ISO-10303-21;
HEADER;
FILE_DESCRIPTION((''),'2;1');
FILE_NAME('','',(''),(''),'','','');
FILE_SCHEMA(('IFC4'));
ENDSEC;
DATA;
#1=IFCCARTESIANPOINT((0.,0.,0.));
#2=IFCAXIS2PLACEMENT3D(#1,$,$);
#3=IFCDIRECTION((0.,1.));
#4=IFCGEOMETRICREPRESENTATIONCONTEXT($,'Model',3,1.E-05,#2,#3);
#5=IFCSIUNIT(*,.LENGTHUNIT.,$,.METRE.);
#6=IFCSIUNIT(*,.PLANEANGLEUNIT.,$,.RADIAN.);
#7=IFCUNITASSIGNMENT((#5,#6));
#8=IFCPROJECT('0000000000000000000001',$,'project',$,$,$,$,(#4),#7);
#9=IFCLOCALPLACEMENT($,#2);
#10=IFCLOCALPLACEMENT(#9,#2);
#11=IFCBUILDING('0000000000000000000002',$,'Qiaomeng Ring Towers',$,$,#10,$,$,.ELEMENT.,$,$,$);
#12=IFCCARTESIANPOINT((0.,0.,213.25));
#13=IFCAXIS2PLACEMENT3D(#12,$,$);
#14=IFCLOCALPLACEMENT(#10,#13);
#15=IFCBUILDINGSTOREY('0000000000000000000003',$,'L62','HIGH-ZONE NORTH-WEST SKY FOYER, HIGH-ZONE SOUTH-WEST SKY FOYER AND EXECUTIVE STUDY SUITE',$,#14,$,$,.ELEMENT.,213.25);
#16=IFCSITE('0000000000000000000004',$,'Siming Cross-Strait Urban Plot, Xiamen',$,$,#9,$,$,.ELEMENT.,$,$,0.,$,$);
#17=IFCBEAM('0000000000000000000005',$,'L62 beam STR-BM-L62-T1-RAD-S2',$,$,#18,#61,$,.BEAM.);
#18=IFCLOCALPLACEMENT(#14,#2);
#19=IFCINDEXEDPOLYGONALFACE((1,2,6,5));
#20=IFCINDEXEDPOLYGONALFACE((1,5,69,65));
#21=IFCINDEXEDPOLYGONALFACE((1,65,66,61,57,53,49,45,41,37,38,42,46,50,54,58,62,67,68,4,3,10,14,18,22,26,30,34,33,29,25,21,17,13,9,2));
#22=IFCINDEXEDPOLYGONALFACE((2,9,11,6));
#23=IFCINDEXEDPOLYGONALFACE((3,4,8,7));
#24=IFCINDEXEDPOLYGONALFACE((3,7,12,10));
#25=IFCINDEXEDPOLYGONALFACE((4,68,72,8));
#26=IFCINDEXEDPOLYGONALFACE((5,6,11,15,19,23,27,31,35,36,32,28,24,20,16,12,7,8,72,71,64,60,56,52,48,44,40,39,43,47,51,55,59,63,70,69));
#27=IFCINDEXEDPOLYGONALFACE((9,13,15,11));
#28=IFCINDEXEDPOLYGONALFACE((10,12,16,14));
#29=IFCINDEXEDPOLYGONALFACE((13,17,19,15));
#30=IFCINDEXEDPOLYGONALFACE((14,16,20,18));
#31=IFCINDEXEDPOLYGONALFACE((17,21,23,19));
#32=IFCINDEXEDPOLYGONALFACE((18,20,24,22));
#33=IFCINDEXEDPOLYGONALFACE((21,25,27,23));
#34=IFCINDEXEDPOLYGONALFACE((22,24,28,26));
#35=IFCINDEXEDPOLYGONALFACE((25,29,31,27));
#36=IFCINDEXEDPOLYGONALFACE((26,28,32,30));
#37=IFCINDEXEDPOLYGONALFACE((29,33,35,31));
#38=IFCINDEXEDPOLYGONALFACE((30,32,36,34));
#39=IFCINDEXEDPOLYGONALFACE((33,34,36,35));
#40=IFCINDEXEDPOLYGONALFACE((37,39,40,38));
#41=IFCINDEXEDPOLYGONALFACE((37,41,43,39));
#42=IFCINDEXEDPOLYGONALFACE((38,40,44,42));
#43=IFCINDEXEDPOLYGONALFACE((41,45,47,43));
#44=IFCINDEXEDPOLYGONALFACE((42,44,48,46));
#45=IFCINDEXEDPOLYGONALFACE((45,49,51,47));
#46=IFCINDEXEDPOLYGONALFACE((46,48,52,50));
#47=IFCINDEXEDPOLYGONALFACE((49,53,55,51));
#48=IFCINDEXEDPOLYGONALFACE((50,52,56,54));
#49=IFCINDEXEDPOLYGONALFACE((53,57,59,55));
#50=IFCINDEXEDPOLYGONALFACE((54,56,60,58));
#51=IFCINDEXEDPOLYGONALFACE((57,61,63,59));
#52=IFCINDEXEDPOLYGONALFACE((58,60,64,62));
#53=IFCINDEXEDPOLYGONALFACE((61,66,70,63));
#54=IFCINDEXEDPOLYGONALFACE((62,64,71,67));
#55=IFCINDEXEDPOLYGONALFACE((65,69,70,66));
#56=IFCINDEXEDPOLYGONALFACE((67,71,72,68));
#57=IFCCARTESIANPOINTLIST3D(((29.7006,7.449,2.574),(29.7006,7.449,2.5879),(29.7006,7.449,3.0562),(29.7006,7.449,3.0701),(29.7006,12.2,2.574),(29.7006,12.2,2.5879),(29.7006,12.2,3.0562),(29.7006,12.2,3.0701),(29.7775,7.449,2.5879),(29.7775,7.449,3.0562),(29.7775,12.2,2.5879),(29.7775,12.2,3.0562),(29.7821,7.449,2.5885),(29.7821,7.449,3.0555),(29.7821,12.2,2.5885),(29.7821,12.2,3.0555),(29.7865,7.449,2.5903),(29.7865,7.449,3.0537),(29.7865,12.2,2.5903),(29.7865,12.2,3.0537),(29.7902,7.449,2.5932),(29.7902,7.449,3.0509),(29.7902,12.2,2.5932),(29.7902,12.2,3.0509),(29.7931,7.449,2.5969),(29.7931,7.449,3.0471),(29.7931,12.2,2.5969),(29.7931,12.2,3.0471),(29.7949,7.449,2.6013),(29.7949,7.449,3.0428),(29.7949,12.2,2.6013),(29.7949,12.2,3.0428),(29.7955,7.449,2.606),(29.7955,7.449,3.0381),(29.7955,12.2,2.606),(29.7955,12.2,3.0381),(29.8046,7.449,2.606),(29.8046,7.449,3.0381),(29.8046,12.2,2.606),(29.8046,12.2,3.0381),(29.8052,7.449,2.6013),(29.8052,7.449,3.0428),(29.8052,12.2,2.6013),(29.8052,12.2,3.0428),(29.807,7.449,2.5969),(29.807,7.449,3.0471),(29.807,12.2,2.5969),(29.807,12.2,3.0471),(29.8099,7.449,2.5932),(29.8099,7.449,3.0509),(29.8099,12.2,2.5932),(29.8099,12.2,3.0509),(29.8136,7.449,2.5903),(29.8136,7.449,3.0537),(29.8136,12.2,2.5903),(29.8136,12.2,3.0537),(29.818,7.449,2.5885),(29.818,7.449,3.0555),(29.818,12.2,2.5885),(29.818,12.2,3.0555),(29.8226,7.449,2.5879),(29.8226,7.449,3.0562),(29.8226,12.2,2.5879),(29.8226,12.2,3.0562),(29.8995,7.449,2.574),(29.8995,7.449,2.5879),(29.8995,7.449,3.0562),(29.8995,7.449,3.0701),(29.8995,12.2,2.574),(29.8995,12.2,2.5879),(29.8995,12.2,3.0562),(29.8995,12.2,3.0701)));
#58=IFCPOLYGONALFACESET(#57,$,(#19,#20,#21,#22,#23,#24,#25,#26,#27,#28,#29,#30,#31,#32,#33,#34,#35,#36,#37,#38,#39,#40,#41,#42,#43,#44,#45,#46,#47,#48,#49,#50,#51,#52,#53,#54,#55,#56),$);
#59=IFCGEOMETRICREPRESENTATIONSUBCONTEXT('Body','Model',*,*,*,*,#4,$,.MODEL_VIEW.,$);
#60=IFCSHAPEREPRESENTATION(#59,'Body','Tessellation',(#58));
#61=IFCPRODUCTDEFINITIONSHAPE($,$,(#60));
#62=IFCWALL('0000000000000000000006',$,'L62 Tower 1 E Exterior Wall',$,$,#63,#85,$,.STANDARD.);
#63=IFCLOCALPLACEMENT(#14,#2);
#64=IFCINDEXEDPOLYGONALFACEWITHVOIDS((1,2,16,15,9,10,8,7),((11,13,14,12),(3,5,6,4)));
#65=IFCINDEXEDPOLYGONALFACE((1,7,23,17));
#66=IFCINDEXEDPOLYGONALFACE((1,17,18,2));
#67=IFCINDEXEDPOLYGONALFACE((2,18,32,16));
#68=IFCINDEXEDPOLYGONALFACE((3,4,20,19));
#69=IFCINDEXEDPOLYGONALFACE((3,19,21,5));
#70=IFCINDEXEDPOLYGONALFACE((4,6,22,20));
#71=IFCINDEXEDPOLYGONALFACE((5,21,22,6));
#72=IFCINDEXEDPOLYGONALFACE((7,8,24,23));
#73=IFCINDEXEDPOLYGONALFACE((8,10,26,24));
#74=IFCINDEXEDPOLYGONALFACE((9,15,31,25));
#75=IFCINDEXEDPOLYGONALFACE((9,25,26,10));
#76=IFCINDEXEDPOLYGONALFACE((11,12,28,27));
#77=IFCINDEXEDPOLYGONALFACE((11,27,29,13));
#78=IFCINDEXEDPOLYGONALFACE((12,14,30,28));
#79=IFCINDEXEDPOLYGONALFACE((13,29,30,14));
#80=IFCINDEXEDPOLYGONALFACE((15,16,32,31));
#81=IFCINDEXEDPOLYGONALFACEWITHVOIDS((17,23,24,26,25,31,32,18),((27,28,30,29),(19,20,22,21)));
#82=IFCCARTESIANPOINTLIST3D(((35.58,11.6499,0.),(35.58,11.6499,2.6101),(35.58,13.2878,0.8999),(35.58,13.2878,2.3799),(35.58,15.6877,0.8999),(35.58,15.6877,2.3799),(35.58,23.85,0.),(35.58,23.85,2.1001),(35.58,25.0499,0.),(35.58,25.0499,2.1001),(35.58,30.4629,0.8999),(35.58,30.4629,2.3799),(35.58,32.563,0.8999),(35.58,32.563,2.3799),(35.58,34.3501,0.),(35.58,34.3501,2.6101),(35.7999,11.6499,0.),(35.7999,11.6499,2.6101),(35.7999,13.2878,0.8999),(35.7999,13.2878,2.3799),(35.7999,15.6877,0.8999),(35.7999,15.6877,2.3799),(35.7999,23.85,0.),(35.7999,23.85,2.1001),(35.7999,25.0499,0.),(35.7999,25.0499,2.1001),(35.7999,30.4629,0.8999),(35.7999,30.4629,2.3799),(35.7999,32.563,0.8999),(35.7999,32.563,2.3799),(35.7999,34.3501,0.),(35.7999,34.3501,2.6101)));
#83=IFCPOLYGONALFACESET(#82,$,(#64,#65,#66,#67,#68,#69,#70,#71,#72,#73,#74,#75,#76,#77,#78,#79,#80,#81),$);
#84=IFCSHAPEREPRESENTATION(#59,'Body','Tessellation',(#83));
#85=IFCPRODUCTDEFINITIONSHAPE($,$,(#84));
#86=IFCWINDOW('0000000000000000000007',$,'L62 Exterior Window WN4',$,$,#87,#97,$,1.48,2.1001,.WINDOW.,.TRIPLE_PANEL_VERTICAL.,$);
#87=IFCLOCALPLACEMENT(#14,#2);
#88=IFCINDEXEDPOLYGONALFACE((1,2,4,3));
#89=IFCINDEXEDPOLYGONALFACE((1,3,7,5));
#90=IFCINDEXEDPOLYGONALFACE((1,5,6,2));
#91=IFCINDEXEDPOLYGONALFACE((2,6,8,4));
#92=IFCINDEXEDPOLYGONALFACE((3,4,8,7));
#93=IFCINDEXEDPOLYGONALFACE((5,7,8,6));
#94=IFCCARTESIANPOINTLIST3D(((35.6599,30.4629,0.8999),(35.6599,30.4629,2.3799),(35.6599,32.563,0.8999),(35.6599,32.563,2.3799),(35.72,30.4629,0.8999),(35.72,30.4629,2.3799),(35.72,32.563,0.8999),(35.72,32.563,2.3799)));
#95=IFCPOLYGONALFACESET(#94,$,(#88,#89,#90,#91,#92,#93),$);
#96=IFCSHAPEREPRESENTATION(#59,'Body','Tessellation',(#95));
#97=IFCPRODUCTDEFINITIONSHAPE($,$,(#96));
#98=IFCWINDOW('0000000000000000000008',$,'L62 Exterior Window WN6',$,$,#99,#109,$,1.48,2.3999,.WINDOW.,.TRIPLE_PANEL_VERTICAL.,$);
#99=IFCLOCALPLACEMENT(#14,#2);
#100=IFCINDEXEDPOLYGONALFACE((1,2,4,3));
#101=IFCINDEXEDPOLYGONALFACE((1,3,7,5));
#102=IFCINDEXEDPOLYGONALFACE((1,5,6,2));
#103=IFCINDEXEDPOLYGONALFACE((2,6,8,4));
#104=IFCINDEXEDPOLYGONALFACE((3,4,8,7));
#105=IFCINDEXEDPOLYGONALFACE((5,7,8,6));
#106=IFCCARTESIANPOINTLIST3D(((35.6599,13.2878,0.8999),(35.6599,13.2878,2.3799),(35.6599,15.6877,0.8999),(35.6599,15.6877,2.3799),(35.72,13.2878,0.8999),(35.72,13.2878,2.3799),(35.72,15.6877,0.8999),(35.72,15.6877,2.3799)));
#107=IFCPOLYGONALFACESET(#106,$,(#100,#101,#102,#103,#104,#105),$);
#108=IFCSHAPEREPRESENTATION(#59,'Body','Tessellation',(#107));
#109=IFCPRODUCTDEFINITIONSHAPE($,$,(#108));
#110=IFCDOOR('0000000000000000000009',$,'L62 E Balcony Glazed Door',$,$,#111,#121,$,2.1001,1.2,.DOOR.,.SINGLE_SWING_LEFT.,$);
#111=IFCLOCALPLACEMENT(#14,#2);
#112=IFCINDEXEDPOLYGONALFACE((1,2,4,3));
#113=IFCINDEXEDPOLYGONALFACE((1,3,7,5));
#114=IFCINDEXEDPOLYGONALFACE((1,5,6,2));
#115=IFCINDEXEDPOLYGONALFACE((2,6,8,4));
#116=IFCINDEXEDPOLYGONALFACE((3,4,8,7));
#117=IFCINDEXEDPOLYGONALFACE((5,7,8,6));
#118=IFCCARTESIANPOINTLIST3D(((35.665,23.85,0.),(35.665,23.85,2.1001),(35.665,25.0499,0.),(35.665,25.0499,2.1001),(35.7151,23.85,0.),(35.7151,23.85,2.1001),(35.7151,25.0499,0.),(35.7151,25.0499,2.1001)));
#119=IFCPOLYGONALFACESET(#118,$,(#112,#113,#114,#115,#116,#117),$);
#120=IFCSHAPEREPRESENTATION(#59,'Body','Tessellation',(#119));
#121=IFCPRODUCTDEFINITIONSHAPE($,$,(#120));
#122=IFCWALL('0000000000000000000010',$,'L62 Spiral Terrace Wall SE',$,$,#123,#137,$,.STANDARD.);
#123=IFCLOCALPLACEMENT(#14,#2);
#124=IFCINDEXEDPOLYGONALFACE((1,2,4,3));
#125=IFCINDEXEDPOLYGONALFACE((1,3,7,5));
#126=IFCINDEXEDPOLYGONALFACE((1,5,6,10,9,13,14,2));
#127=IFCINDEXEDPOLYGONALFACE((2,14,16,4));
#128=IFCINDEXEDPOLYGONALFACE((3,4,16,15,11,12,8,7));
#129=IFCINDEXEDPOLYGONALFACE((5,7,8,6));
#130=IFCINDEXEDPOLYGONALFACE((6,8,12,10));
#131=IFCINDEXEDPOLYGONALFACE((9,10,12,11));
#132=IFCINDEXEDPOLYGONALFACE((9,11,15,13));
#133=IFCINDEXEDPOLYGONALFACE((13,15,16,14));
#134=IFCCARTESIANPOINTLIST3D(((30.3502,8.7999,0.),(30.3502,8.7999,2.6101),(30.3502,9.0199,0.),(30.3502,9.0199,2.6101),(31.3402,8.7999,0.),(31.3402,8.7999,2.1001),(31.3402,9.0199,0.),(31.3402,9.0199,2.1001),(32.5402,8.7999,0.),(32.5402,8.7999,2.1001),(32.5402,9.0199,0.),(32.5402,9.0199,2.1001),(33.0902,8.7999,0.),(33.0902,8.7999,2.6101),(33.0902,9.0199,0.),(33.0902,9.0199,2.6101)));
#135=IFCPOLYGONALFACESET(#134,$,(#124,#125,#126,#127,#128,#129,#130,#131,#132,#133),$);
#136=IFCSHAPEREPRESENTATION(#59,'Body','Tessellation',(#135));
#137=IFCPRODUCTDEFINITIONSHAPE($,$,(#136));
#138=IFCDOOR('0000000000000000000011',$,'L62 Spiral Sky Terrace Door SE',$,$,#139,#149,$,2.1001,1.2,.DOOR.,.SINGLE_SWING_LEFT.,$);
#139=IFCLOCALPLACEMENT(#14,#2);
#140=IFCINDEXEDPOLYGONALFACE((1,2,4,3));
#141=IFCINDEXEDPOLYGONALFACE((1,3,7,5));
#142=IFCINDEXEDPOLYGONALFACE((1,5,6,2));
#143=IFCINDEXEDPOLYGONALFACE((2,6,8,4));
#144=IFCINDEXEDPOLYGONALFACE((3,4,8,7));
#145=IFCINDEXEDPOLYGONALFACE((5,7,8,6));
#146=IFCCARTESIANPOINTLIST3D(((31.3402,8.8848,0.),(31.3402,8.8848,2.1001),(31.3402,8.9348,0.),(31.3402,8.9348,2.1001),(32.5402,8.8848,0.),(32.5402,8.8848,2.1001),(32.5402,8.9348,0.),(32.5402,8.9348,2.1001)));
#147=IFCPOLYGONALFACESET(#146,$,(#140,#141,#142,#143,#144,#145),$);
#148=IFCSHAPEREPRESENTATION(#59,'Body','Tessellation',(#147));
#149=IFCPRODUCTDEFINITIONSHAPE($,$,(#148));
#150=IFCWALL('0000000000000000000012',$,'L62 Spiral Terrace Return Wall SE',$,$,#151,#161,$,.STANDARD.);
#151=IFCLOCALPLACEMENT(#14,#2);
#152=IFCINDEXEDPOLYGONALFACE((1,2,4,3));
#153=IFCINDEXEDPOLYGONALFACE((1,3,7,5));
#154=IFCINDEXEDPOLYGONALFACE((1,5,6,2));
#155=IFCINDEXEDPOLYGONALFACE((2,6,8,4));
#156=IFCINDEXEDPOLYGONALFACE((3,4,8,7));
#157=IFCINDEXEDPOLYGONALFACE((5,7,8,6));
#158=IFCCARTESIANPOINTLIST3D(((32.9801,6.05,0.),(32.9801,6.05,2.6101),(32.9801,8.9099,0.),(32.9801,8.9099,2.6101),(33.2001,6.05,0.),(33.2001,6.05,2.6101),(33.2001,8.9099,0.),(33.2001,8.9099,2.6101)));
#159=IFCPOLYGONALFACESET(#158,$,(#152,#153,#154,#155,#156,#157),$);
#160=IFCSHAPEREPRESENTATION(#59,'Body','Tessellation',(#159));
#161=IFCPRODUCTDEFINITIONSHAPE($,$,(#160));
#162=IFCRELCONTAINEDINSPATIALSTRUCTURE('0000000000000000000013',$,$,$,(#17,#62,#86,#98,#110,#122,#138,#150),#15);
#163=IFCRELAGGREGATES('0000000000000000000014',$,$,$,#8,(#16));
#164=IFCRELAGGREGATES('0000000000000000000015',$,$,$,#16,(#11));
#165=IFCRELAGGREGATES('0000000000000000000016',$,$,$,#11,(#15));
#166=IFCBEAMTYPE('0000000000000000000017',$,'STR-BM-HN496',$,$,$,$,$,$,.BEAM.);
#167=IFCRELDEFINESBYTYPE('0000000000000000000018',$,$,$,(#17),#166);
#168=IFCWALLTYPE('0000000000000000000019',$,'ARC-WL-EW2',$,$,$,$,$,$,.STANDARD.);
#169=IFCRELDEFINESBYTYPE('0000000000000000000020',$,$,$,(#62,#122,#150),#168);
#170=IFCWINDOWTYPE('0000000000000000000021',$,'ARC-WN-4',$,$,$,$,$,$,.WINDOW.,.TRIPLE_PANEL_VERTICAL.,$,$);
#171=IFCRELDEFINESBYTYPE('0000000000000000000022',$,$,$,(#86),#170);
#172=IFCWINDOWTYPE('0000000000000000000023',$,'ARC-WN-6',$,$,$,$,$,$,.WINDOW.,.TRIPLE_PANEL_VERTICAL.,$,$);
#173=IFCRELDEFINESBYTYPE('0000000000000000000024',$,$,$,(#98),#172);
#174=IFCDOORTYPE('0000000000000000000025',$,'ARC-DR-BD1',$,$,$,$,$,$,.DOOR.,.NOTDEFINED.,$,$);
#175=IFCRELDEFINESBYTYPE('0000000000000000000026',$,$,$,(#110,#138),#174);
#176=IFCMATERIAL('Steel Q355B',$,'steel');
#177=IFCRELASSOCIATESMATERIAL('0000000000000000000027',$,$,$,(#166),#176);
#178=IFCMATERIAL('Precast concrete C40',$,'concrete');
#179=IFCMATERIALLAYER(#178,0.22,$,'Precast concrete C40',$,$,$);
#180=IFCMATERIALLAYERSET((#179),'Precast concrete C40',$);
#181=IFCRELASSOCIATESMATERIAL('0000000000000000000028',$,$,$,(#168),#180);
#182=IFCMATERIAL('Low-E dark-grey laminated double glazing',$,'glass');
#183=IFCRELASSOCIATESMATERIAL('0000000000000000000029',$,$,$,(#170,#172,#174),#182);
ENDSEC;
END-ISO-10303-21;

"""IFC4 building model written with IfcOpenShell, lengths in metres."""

from ifc_helpers import new_model, si_unit, direction, frame, frame_2d, origin, origin_2d, place, context, subcontext, project, spatial, rectangle, i_section, extrude, source, transform, mapped, material, layer, layer_set, material_profile, profile_set, type_object, element, fill, save


model = new_model("IFC4")

# Units and contexts
model_context = context("Model", 3, precision=1e-05, world=origin(), true_north=direction((0.0, 1.0)))
body_context = subcontext(model_context, "Body", "Model", "MODEL_VIEW")
ifc_project = project(units=[si_unit("LENGTHUNIT", "METRE"), si_unit("PLANEANGLEUNIT", "RADIAN")], contexts=[model_context])

# Site, building, storey
site_placement = place(None, origin())
site = spatial("IfcSite", under=ifc_project, at=site_placement, Name="Siming Cross-Strait Urban Plot, Xiamen", CompositionType="ELEMENT", RefElevation=0.0)
building_placement = place(site_placement, origin())
building = spatial("IfcBuilding", under=site, at=building_placement, Name="Qiaomeng Ring Towers", CompositionType="ELEMENT")
storey_placement = place(building_placement, frame((0.0, 0.0, 213.25)))
storey = spatial("IfcBuildingStorey", under=building, at=storey_placement, Name="L62", Description="HIGH-ZONE NORTH-WEST SKY FOYER, HIGH-ZONE SOUTH-WEST SKY FOYER AND EXECUTIVE STUDY SUITE", CompositionType="ELEMENT", Elevation=213.25)

# Beam
ifc_material_1 = material(Name="Steel Q355B", Category="steel")
ifc_material_profile_1 = material_profile(ifc_material_1, i_section(OverallWidth=0.199, OverallDepth=0.4961, WebThickness=0.009, FlangeThickness=0.0139, FilletRadius=0.0181, at=origin_2d()), Name="HN 496x199x9x14")
ifc_profile_set_1 = profile_set([ifc_material_profile_1], Name="Steel Q355B")
beam_type_1 = type_object("IfcBeamType", Name="STR-BM-HN496", PredefinedType="BEAM", material=ifc_profile_set_1)
shared_shape_1 = source(origin(), body_context, "Body", "SweptSolid", [
    extrude(i_section(OverallWidth=0.199, OverallDepth=0.4961, WebThickness=0.009, FlangeThickness=0.0139, FilletRadius=0.0181, at=origin_2d()), origin(), (0.0, 0.0, 1.0), 4.751),
])
beam_1_placement = place(storey_placement, frame((29.8, 7.449, 2.822), z_axis=(0.0, 1.0, 0.0), x_axis=(-1.0, 0.0, 0.0)))
element("IfcBeam", 1, at=beam_1_placement, inside=storey, type_object=beam_type_1, Name="L62 beam STR-BM-L62-T1-RAD-S2", PredefinedType="BEAM", context=body_context, shape_type="MappedRepresentation", body=[
    mapped(shared_shape_1, transform((0.0, 0.0, 0.0), x_axis=(1.0, 0.0, 0.0), y_axis=(0.0, 1.0, 0.0), z_axis=(0.0, 0.0, 1.0), scale=1.0)),
])

# Wall, openings, windows, door
ifc_material_2 = material(Name="Precast concrete C40", Category="concrete")
ifc_layer_1 = layer(ifc_material_2, 0.22, Name="Precast concrete C40")
ifc_layer_set_1 = layer_set([ifc_layer_1], Name="Precast concrete C40")
wall_type_1 = type_object("IfcWallType", Name="ARC-WL-EW2", PredefinedType="STANDARD", material=ifc_layer_set_1)
wall_1_placement = place(storey_placement, frame((35.6899, 11.6499, 0.0), z_axis=(0.0, 0.0, 1.0), x_axis=(0.0, 1.0, 0.0)))
wall_1 = element("IfcWall", 2, at=wall_1_placement, inside=storey, type_object=wall_type_1, Name="L62 Tower 1 E Exterior Wall", PredefinedType="STANDARD", context=body_context, shape_type="SweptSolid", body=[
    extrude(rectangle(XDim=22.7002, YDim=0.22, at=frame_2d((11.3501, 0.0))), origin(), (0.0, 0.0, 1.0), 2.6101),
])
opening_1_placement = place(wall_1_placement, frame((12.2, 0.0, 0.0)))
opening_1 = element("IfcOpeningElement", 3, at=opening_1_placement, cuts=wall_1, PredefinedType="OPENING", context=body_context, shape_type="SweptSolid", body=[
    extrude(rectangle(XDim=1.2, YDim=2.1001, at=frame_2d((0.6001, 1.05))), frame((0.0, 0.1199, 0.0), z_axis=(0.0, -1.0, 0.0), x_axis=(1.0, 0.0, 0.0)), (0.0, 0.0, 1.0), 0.24),
])
opening_2_placement = place(wall_1_placement, frame((1.6379, 0.0, 0.8999)))
opening_2 = element("IfcOpeningElement", 4, at=opening_2_placement, cuts=wall_1, PredefinedType="OPENING", context=body_context, shape_type="SweptSolid", body=[
    extrude(rectangle(XDim=2.3999, YDim=1.48, at=frame_2d((1.2, 0.74))), frame((0.0, 0.1199, 0.0), z_axis=(0.0, -1.0, 0.0), x_axis=(1.0, 0.0, 0.0)), (0.0, 0.0, 1.0), 0.24),
])
opening_3_placement = place(wall_1_placement, frame((18.813, 0.0, 0.8999)))
opening_3 = element("IfcOpeningElement", 5, at=opening_3_placement, cuts=wall_1, PredefinedType="OPENING", context=body_context, shape_type="SweptSolid", body=[
    extrude(rectangle(XDim=2.1001, YDim=1.48, at=frame_2d((1.05, 0.74))), frame((0.0, 0.1199, 0.0), z_axis=(0.0, -1.0, 0.0), x_axis=(1.0, 0.0, 0.0)), (0.0, 0.0, 1.0), 0.24),
])
ifc_material_3 = material(Name="Low-E dark-grey laminated double glazing", Category="glass")
window_type_1 = type_object("IfcWindowType", Name="ARC-WN-4", PartitioningType="TRIPLE_PANEL_VERTICAL", PredefinedType="WINDOW", material=ifc_material_3)
shared_shape_2 = source(origin(), body_context, "Body", "SweptSolid", [
    extrude(rectangle(XDim=2.1001, YDim=1.48, at=frame_2d((1.05, 0.74))), frame((0.0, 0.03, 0.0), z_axis=(0.0, -1.0, 0.0), x_axis=(1.0, 0.0, 0.0)), (0.0, 0.0, 1.0), 0.0601),
])
window_1_placement = place(opening_3_placement, origin())
window_1 = element("IfcWindow", 6, at=window_1_placement, inside=storey, type_object=window_type_1, Name="L62 Exterior Window WN4", OverallHeight=1.48, OverallWidth=2.1001, PartitioningType="TRIPLE_PANEL_VERTICAL", PredefinedType="WINDOW", context=body_context, shape_type="MappedRepresentation", body=[
    mapped(shared_shape_2, transform((0.0, 0.0, 0.0), x_axis=(1.0, 0.0, 0.0), y_axis=(0.0, 1.0, 0.0), z_axis=(0.0, 0.0, 1.0), scale=1.0)),
])
fill(opening_3, window_1)
window_type_2 = type_object("IfcWindowType", Name="ARC-WN-6", PartitioningType="TRIPLE_PANEL_VERTICAL", PredefinedType="WINDOW", material=ifc_material_3)
shared_shape_3 = source(origin(), body_context, "Body", "SweptSolid", [
    extrude(rectangle(XDim=2.3999, YDim=1.48, at=frame_2d((1.2, 0.74))), frame((0.0, 0.03, 0.0), z_axis=(0.0, -1.0, 0.0), x_axis=(1.0, 0.0, 0.0)), (0.0, 0.0, 1.0), 0.0601),
])
window_2_placement = place(opening_2_placement, origin())
window_2 = element("IfcWindow", 7, at=window_2_placement, inside=storey, type_object=window_type_2, Name="L62 Exterior Window WN6", OverallHeight=1.48, OverallWidth=2.3999, PartitioningType="TRIPLE_PANEL_VERTICAL", PredefinedType="WINDOW", context=body_context, shape_type="MappedRepresentation", body=[
    mapped(shared_shape_3, transform((0.0, 0.0, 0.0), x_axis=(1.0, 0.0, 0.0), y_axis=(0.0, 1.0, 0.0), z_axis=(0.0, 0.0, 1.0), scale=1.0)),
])
fill(opening_2, window_2)
door_type_1 = type_object("IfcDoorType", Name="ARC-DR-BD1", OperationType="NOTDEFINED", PredefinedType="DOOR", material=ifc_material_3)
shared_shape_4 = source(origin(), body_context, "Body", "SweptSolid", [
    extrude(rectangle(XDim=1.2, YDim=2.1001, at=frame_2d((0.6001, 1.05))), frame((0.0, 0.0249, 0.0), z_axis=(0.0, -1.0, 0.0), x_axis=(1.0, 0.0, 0.0)), (0.0, 0.0, 1.0), 0.05),
])
door_1_placement = place(opening_1_placement, origin())
door_1 = element("IfcDoor", 8, at=door_1_placement, inside=storey, type_object=door_type_1, Name="L62 E Balcony Glazed Door", OperationType="SINGLE_SWING_LEFT", OverallHeight=2.1001, OverallWidth=1.2, PredefinedType="DOOR", context=body_context, shape_type="MappedRepresentation", body=[
    mapped(shared_shape_4, transform((0.0, 0.0, 0.0), x_axis=(1.0, 0.0, 0.0), y_axis=(0.0, 1.0, 0.0), z_axis=(0.0, 0.0, 1.0), scale=1.0)),
])
fill(opening_1, door_1)

# Wall, opening, door
wall_2_placement = place(storey_placement, frame((30.3501, 8.9099, 0.0), z_axis=(0.0, 0.0, 1.0), x_axis=(1.0, 0.0, 0.0)))
wall_2 = element("IfcWall", 9, at=wall_2_placement, inside=storey, type_object=wall_type_1, Name="L62 Spiral Terrace Wall SE", PredefinedType="STANDARD", context=body_context, shape_type="SweptSolid", body=[
    extrude(rectangle(XDim=2.74, YDim=0.22, at=frame_2d((1.3701, 0.0))), origin(), (0.0, 0.0, 1.0), 2.6101),
])
opening_4_placement = place(wall_2_placement, frame((0.99, 0.0, 0.0)))
opening_4 = element("IfcOpeningElement", 10, at=opening_4_placement, cuts=wall_2, PredefinedType="OPENING", context=body_context, shape_type="SweptSolid", body=[
    extrude(rectangle(XDim=1.2, YDim=2.1001, at=frame_2d((0.6001, 1.05))), frame((0.0, 0.1199, 0.0), z_axis=(0.0, -1.0, 0.0), x_axis=(1.0, 0.0, 0.0)), (0.0, 0.0, 1.0), 0.24),
])
door_2_placement = place(opening_4_placement, origin())
door_2 = element("IfcDoor", 11, at=door_2_placement, inside=storey, type_object=door_type_1, Name="L62 Spiral Sky Terrace Door SE", OperationType="SINGLE_SWING_LEFT", OverallHeight=2.1001, OverallWidth=1.2, PredefinedType="DOOR", context=body_context, shape_type="MappedRepresentation", body=[
    mapped(shared_shape_4, transform((0.0, 0.0, 0.0), x_axis=(1.0, 0.0, 0.0), y_axis=(0.0, 1.0, 0.0), z_axis=(0.0, 0.0, 1.0), scale=1.0)),
])
fill(opening_4, door_2)

# Wall
wall_3_placement = place(storey_placement, frame((33.0901, 6.05, 0.0), z_axis=(0.0, 0.0, 1.0), x_axis=(0.0, 1.0, 0.0)))
element("IfcWall", 12, at=wall_3_placement, inside=storey, type_object=wall_type_1, Name="L62 Spiral Terrace Return Wall SE", PredefinedType="STANDARD", context=body_context, shape_type="SweptSolid", body=[
    extrude(rectangle(XDim=2.8599, YDim=0.22, at=frame_2d((1.4299, 0.0))), origin(), (0.0, 0.0, 1.0), 2.6101),
])

save(model, "model.ifc")
